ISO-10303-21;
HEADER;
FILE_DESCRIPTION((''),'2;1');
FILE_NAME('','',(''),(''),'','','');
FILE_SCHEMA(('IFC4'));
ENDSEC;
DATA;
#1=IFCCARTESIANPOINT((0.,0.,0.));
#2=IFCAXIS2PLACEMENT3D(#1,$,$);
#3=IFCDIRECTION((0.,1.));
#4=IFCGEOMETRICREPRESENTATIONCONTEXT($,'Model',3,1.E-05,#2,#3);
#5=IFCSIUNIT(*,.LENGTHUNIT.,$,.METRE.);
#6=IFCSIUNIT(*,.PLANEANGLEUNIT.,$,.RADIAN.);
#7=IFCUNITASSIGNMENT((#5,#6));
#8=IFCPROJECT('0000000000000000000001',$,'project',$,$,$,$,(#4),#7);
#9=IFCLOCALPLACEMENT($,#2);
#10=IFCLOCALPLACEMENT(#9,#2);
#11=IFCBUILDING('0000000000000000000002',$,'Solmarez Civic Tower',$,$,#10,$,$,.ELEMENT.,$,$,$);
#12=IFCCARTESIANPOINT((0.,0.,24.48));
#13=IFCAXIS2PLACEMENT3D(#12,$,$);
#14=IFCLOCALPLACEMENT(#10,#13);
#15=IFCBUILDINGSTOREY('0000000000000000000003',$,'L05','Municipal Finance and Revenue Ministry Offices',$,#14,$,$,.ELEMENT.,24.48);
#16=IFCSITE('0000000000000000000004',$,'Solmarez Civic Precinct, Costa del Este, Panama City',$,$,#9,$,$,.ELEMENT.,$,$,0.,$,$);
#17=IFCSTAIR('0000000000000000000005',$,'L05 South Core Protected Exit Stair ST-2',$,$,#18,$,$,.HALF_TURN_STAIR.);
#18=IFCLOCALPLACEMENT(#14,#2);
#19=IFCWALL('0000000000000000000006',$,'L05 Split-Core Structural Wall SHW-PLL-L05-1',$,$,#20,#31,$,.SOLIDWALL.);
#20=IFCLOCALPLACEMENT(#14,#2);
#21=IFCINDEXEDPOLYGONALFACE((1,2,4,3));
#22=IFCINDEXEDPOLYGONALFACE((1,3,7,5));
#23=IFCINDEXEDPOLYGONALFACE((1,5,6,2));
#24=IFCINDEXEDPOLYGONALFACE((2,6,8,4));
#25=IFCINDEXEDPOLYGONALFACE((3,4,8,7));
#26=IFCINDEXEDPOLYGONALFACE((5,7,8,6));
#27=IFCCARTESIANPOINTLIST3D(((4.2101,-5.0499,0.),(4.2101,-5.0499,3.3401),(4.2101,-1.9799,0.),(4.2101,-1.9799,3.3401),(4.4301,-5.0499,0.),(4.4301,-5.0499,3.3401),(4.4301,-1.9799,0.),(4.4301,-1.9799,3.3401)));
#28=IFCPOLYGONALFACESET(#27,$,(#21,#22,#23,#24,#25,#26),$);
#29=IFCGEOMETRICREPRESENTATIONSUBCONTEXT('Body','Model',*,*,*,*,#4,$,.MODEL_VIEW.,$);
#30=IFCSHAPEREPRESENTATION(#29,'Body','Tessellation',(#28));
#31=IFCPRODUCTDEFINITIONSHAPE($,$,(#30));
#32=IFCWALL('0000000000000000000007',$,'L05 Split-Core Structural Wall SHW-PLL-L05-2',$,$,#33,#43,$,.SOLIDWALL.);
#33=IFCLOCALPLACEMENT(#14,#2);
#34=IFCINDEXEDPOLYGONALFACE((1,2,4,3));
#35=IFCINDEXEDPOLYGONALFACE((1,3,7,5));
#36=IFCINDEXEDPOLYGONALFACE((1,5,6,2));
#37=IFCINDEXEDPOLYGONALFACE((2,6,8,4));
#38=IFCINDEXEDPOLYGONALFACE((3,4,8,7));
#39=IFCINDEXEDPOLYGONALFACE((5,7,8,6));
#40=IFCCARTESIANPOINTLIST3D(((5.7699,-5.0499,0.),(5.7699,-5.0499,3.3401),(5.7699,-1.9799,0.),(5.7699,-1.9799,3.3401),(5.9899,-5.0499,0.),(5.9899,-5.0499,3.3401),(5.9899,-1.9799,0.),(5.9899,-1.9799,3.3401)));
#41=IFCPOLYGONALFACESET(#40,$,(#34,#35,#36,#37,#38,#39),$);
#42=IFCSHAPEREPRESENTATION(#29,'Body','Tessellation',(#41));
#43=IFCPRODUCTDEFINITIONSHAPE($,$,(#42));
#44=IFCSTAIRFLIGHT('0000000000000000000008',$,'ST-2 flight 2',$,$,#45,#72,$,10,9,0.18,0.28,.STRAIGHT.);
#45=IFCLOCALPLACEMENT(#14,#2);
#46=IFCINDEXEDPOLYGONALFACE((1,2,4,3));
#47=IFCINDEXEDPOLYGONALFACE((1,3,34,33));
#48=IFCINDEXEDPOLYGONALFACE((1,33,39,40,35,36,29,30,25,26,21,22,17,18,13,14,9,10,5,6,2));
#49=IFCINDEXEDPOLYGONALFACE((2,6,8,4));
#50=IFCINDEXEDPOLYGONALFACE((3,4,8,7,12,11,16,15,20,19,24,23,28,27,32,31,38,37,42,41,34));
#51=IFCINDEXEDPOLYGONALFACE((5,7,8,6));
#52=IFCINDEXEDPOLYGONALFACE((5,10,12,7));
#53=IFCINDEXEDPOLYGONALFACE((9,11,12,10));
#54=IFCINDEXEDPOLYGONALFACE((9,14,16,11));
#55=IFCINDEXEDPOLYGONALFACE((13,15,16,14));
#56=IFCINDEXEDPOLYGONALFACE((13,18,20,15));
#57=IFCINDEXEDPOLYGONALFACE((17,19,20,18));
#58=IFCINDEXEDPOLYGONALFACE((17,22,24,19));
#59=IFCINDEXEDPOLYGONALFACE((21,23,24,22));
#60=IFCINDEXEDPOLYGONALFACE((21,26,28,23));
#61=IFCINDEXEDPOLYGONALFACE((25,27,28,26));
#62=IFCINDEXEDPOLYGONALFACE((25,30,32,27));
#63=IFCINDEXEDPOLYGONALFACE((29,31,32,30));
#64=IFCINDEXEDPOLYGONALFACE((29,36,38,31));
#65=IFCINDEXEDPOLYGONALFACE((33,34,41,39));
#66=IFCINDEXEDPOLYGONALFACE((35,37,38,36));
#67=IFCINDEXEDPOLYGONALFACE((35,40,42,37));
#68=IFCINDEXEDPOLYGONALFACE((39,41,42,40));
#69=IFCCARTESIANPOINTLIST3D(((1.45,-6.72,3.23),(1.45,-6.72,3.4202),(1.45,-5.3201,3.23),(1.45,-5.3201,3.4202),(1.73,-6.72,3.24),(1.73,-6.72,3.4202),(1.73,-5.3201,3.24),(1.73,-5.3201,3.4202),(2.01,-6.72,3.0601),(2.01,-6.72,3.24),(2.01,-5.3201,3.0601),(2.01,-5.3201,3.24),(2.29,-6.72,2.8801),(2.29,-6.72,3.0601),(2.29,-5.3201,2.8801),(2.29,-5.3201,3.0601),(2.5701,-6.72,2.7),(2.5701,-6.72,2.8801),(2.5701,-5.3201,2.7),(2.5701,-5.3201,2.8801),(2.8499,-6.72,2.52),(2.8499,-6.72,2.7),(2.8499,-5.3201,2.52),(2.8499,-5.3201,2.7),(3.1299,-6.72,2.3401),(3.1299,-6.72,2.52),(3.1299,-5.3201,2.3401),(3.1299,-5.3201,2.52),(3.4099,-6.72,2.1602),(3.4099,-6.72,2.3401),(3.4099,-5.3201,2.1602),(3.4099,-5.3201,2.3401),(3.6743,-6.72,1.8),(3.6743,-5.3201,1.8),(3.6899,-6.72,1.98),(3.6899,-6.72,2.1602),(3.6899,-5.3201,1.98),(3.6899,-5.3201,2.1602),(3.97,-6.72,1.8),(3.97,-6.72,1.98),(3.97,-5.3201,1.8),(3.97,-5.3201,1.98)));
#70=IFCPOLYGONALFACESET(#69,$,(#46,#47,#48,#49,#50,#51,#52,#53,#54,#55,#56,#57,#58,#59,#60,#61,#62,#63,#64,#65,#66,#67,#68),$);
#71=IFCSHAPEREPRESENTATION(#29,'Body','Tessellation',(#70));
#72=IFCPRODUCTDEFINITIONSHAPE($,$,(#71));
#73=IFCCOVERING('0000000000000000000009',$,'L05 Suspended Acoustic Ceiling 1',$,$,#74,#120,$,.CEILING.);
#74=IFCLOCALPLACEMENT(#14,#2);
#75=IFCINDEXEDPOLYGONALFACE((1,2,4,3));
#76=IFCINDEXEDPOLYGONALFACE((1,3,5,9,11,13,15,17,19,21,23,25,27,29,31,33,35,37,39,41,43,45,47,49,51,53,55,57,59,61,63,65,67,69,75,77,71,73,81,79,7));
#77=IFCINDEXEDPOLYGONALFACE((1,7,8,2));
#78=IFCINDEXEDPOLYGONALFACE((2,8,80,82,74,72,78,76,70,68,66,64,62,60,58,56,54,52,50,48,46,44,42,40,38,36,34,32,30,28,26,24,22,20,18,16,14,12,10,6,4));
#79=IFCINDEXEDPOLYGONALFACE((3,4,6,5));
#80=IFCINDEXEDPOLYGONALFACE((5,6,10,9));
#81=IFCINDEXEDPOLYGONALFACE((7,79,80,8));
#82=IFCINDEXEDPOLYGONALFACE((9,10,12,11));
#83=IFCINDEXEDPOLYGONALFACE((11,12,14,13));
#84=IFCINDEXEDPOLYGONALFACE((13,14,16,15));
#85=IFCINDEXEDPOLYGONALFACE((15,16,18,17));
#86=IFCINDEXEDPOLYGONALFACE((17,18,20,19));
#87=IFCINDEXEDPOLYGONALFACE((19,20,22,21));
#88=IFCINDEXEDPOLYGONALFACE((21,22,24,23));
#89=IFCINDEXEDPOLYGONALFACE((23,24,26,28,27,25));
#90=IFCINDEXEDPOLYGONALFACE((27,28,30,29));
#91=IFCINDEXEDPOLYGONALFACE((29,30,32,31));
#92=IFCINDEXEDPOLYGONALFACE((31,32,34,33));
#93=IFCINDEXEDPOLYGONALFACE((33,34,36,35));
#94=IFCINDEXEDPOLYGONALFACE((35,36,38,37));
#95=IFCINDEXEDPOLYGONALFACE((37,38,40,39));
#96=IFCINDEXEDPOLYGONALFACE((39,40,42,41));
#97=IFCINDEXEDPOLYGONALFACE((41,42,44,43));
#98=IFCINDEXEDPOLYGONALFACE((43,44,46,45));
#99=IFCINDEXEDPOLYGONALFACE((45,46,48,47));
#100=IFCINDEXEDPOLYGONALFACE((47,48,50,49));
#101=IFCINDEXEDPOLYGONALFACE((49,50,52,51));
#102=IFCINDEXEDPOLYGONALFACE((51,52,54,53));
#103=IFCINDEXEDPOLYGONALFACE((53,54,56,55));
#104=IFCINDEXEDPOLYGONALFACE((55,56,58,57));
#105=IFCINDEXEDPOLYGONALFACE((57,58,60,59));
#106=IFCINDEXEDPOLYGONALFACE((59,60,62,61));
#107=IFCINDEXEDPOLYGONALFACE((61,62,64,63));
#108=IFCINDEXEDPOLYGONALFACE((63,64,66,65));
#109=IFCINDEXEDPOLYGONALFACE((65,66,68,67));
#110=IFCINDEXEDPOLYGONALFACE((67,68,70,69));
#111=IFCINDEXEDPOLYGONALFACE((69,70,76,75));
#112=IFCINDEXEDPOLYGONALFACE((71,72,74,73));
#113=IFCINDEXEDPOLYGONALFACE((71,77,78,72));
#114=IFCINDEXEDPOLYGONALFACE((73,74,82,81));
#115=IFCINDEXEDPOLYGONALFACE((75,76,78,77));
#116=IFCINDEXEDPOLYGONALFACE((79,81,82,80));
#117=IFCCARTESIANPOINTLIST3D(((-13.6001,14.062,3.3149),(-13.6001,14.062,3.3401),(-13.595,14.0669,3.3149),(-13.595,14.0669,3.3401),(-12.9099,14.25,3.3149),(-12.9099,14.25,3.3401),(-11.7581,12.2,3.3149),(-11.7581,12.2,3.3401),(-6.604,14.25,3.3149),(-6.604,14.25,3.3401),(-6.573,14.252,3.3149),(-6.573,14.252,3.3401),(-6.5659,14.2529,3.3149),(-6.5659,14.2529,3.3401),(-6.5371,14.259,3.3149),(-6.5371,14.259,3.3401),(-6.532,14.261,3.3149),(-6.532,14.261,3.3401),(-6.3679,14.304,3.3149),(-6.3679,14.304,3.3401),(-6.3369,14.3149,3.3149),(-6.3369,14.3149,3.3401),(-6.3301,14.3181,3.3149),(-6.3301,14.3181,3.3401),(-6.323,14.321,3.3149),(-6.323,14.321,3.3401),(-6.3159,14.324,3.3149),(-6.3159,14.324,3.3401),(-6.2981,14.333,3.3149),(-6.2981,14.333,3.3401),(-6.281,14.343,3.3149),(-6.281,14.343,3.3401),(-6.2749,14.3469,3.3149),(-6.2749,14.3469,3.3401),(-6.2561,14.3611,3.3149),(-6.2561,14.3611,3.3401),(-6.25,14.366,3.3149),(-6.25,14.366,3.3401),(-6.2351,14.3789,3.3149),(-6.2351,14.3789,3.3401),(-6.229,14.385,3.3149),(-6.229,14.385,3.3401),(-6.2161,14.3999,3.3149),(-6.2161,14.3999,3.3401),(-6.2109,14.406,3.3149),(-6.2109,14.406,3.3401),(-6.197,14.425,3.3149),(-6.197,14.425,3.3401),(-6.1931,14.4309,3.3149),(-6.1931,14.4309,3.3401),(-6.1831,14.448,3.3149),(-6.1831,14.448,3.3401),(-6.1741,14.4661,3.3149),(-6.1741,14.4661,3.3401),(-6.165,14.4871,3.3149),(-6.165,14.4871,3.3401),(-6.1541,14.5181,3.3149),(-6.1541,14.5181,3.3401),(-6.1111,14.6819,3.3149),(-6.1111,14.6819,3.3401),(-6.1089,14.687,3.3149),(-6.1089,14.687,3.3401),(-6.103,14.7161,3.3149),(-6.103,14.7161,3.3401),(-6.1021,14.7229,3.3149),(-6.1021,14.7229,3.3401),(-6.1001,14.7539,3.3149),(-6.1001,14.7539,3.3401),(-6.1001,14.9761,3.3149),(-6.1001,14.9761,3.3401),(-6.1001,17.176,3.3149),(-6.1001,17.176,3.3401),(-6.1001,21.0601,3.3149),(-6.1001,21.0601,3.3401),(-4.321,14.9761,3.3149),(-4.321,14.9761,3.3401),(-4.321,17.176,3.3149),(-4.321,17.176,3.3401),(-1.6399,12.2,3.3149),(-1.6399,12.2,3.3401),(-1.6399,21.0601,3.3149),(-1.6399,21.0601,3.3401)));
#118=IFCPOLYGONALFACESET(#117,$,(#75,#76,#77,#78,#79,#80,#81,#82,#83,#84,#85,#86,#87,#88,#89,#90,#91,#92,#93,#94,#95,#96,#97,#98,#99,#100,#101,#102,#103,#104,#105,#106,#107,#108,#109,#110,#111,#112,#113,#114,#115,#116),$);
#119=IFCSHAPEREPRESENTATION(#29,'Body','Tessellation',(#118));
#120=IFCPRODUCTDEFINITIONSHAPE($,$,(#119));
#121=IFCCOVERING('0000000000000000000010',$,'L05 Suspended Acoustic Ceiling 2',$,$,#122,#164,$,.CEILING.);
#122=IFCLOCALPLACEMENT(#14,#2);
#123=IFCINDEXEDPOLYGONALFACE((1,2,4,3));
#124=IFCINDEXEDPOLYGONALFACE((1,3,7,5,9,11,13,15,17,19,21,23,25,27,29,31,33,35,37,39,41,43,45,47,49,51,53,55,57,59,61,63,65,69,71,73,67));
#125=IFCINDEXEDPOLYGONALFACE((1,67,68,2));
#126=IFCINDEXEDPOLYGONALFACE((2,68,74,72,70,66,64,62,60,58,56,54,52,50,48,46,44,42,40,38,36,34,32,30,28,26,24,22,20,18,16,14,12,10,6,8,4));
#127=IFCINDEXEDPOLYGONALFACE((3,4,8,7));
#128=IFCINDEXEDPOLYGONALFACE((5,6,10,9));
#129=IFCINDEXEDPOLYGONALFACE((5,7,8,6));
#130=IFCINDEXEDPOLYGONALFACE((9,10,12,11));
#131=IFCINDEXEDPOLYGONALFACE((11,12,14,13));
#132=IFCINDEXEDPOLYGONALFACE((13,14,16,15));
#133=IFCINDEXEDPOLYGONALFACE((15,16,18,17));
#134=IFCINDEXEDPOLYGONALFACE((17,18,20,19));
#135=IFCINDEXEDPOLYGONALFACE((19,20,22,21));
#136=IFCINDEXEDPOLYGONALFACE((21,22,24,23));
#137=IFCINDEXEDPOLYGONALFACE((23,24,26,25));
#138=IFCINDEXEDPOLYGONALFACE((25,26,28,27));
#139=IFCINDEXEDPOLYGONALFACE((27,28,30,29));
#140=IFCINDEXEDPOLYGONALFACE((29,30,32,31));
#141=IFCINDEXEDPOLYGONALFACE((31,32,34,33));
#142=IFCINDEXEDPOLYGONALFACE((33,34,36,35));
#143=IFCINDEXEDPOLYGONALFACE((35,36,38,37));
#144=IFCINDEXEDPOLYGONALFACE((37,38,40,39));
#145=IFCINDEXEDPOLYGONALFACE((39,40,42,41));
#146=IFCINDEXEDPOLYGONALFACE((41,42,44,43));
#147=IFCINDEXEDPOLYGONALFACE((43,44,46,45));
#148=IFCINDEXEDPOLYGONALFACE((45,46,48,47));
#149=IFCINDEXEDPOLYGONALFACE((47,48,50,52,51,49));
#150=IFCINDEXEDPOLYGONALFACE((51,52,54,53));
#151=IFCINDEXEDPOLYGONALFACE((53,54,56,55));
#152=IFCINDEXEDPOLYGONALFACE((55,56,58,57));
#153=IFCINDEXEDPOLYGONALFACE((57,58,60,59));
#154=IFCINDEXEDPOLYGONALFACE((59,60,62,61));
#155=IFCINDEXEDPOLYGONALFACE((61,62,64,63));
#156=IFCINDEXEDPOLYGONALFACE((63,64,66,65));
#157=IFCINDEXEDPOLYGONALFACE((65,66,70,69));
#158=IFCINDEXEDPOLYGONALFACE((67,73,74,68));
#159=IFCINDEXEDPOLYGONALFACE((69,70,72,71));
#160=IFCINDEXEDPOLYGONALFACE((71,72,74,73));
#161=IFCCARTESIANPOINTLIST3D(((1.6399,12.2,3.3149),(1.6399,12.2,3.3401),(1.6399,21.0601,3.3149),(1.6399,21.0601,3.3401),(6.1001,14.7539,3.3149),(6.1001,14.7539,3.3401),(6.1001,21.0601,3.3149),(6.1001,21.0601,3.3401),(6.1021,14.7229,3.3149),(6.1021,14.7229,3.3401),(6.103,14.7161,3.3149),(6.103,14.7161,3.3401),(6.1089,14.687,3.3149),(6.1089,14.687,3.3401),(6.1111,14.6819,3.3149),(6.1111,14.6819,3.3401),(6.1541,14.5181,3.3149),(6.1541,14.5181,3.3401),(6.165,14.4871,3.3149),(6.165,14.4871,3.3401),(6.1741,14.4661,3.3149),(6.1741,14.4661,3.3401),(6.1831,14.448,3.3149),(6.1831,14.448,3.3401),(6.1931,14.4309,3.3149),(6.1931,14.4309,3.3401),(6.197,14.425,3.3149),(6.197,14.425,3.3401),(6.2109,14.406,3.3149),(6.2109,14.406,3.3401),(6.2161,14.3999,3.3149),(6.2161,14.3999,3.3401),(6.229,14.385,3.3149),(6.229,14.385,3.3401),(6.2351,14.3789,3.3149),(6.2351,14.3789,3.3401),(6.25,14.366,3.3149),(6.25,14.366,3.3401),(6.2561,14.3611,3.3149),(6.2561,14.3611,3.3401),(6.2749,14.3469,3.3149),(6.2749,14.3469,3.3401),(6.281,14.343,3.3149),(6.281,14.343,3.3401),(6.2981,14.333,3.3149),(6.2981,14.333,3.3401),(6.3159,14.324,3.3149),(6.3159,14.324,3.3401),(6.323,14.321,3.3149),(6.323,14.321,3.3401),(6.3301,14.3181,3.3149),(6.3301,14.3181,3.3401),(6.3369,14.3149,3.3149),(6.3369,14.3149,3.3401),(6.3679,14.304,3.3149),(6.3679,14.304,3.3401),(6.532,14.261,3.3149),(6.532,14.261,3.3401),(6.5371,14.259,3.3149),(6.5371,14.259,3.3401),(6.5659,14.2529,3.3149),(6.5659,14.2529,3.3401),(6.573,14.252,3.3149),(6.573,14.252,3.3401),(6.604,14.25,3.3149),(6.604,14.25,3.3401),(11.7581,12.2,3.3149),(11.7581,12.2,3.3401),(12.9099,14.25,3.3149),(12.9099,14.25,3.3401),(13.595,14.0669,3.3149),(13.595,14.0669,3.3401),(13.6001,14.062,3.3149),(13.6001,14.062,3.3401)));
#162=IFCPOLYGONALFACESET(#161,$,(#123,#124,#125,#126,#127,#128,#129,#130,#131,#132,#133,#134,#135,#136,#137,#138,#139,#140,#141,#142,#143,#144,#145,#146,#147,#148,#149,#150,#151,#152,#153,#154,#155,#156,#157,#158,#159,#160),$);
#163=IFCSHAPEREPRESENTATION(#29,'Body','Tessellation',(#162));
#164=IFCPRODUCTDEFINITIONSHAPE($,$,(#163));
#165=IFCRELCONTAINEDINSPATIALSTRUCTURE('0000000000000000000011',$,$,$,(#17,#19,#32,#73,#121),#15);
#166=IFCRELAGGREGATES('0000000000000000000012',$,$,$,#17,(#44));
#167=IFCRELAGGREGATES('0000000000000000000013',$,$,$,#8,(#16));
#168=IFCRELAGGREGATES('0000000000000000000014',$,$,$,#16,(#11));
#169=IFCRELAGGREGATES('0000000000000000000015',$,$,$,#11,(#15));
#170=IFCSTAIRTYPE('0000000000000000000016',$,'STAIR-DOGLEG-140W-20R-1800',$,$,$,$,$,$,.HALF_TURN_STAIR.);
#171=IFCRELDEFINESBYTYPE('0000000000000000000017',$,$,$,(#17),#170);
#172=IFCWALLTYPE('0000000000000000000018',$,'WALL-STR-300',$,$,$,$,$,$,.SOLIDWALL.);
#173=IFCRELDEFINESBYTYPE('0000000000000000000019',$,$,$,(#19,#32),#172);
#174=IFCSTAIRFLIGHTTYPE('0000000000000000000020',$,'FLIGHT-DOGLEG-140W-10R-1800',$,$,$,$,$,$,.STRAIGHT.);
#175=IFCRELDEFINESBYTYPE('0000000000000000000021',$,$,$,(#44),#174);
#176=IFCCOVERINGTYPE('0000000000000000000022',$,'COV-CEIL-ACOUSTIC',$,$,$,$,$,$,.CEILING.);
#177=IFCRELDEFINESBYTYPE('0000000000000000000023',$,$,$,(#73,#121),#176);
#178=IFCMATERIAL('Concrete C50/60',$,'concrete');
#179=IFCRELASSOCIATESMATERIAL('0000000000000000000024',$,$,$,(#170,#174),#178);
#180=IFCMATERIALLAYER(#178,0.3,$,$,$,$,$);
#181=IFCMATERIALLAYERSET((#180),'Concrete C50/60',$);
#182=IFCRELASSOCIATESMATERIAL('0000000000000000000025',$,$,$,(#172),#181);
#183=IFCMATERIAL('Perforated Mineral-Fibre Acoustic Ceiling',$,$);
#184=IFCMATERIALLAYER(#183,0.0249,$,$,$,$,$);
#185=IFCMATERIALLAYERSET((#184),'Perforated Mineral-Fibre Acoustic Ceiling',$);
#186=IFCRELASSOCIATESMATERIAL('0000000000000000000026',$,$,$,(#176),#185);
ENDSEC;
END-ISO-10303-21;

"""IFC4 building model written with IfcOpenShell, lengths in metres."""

from ifc_helpers import new_model, si_unit, direction, frame, frame_2d, origin, place, context, subcontext, project, spatial, polyline, rectangle, outline, extrude, material, layer, layer_set, type_object, element, aggregate, save


model = new_model("IFC4")

# Units and contexts
model_context = context("Model", 3, precision=1e-05, world=origin(), true_north=direction((0.0, 1.0)))
body_context = subcontext(model_context, "Body", "Model", "MODEL_VIEW")
ifc_project = project(units=[si_unit("LENGTHUNIT", "METRE"), si_unit("PLANEANGLEUNIT", "RADIAN")], contexts=[model_context])

# Site, building, storey
site_placement = place(None, origin())
site = spatial("IfcSite", under=ifc_project, at=site_placement, Name="Solmarez Civic Precinct, Costa del Este, Panama City", CompositionType="ELEMENT", RefElevation=0.0)
building_placement = place(site_placement, origin())
building = spatial("IfcBuilding", under=site, at=building_placement, Name="Solmarez Civic Tower", CompositionType="ELEMENT")
storey_placement = place(building_placement, frame((0.0, 0.0, 24.48)))
storey = spatial("IfcBuildingStorey", under=building, at=storey_placement, Name="L05", Description="Municipal Finance and Revenue Ministry Offices", CompositionType="ELEMENT", Elevation=24.48)

# Stair
ifc_material_1 = material(Name="Concrete C50/60", Category="concrete")
stair_type = type_object("IfcStairType", Name="STAIR-DOGLEG-140W-20R-1800", PredefinedType="HALF_TURN_STAIR", material=ifc_material_1)
stair_1_placement = place(storey_placement, origin())
stair_1 = element("IfcStair", 1, at=stair_1_placement, inside=storey, type_object=stair_type, Name="L05 South Core Protected Exit Stair ST-2", PredefinedType="HALF_TURN_STAIR")

# Walls
ifc_layer_1 = layer(ifc_material_1, 0.3)
ifc_layer_set_1 = layer_set([ifc_layer_1], Name="Concrete C50/60")
wall_type = type_object("IfcWallType", Name="WALL-STR-300", PredefinedType="SOLIDWALL", material=ifc_layer_set_1)
for number, where, z_axis, x_axis, name in (
    (2, (4.3201, -5.05, 0.0), (0.0, 0.0, 1.0), (0.0, 1.0, 0.0), "L05 Split-Core Structural Wall SHW-PLL-L05-1"),
    (3, (5.8799, -5.05, 0.0), (0.0, 0.0, 1.0), (0.0, 1.0, 0.0), "L05 Split-Core Structural Wall SHW-PLL-L05-2"),
):
    element("IfcWall", number, at=place(storey_placement, frame(where, z_axis=z_axis, x_axis=x_axis)), inside=storey, type_object=wall_type, Name=name, PredefinedType="SOLIDWALL", context=body_context, shape_type="SweptSolid", body=[
        extrude(rectangle(XDim=3.0701, YDim=0.22, at=frame_2d((1.5352, 0.0))), origin(), (0.0, 0.0, 1.0), 3.3401),
    ])

# Stair flight
stair_flight_type = type_object("IfcStairFlightType", Name="FLIGHT-DOGLEG-140W-10R-1800", PredefinedType="STRAIGHT", material=ifc_material_1)
stair_flight_placement = place(storey_placement, frame((3.97, -6.02, 1.8), z_axis=(0.0, 0.0, 1.0), x_axis=(-1.0, 0.0, 0.0)))
stair_flight = element("IfcStairFlight", 4, at=stair_flight_placement, type_object=stair_flight_type, Name="ST-2 flight 2", NumberOfRisers=10, NumberOfTreads=9, PredefinedType="STRAIGHT", RiserHeight=0.18, TreadLength=0.28, context=body_context, shape_type="SweptSolid", body=[
    extrude(outline(polyline([(0.0, 0.0), (0.0, 0.1799), (0.28, 0.1799), (0.28, 0.3601), (0.5601, 0.3601), (0.5601, 0.54), (0.8401, 0.54), (0.8401, 0.72), (1.1201, 0.72), (1.1201, 0.8999), (1.3999, 0.8999), (1.3999, 1.0801), (1.6799, 1.0801), (1.6799, 1.26), (1.96, 1.26), (1.96, 1.4399), (2.24, 1.4399), (2.24, 1.6201), (2.52, 1.6201), (2.52, 1.8), (2.52, 1.4299), (0.2957, 0.0), (0.0, 0.0)])), frame((0.0, 0.7, 0.0), z_axis=(0.0, -1.0, 0.0), x_axis=(1.0, 0.0, 0.0)), (0.0, 0.0, 1.0), 1.3999),
])
aggregate(stair_1, [stair_flight])

# Coverings
ifc_material_2 = material(Name="Perforated Mineral-Fibre Acoustic Ceiling")
ifc_layer_2 = layer(ifc_material_2, 0.0249)
ifc_layer_set_2 = layer_set([ifc_layer_2], Name="Perforated Mineral-Fibre Acoustic Ceiling")
covering_type_1 = type_object("IfcCoveringType", Name="COV-CEIL-ACOUSTIC", PredefinedType="CEILING", material=ifc_layer_set_2)
covering_1_placement = place(storey_placement, frame((0.0, 0.0, 3.3149)))
element("IfcCovering", 5, at=covering_1_placement, inside=storey, type_object=covering_type_1, Name="L05 Suspended Acoustic Ceiling 1", PredefinedType="CEILING", context=body_context, shape_type="SweptSolid", body=[
    extrude(outline(polyline([(-6.1001, 21.0601), (-6.1001, 17.176), (-4.321, 17.176), (-4.321, 14.9761), (-6.1001, 14.9761), (-6.1001, 14.7539), (-6.1021, 14.7229), (-6.103, 14.7161), (-6.1089, 14.687), (-6.1111, 14.6819), (-6.1541, 14.5181), (-6.165, 14.4871), (-6.1741, 14.4661), (-6.1831, 14.448), (-6.1931, 14.4309), (-6.197, 14.425), (-6.2109, 14.406), (-6.2161, 14.3999), (-6.229, 14.385), (-6.2351, 14.3789), (-6.25, 14.366), (-6.2561, 14.3611), (-6.2749, 14.3469), (-6.281, 14.343), (-6.2981, 14.333), (-6.3159, 14.324), (-6.323, 14.321), (-6.3301, 14.3181), (-6.3369, 14.3149), (-6.3679, 14.304), (-6.532, 14.261), (-6.5371, 14.259), (-6.5659, 14.2529), (-6.573, 14.252), (-6.604, 14.25), (-12.9099, 14.25), (-13.595, 14.0669), (-13.6001, 14.062), (-11.7581, 12.2), (-1.6399, 12.2), (-1.6399, 21.0601), (-6.1001, 21.0601)])), origin(), (0.0, 0.0, 1.0), 0.0251),
])
covering_2_placement = place(storey_placement, frame((0.0, 0.0, 3.3149)))
element("IfcCovering", 6, at=covering_2_placement, inside=storey, type_object=covering_type_1, Name="L05 Suspended Acoustic Ceiling 2", PredefinedType="CEILING", context=body_context, shape_type="SweptSolid", body=[
    extrude(outline(polyline([(1.6399, 12.2), (11.7581, 12.2), (13.6001, 14.062), (13.595, 14.0669), (12.9099, 14.25), (6.604, 14.25), (6.573, 14.252), (6.5659, 14.2529), (6.5371, 14.259), (6.532, 14.261), (6.3679, 14.304), (6.3369, 14.3149), (6.3301, 14.3181), (6.323, 14.321), (6.3159, 14.324), (6.2981, 14.333), (6.281, 14.343), (6.2749, 14.3469), (6.2561, 14.3611), (6.25, 14.366), (6.2351, 14.3789), (6.229, 14.385), (6.2161, 14.3999), (6.2109, 14.406), (6.197, 14.425), (6.1931, 14.4309), (6.1831, 14.448), (6.1741, 14.4661), (6.165, 14.4871), (6.1541, 14.5181), (6.1111, 14.6819), (6.1089, 14.687), (6.103, 14.7161), (6.1021, 14.7229), (6.1001, 14.7539), (6.1001, 21.0601), (1.6399, 21.0601), (1.6399, 12.2)])), origin(), (0.0, 0.0, 1.0), 0.0251),
])

save(model, "model.ifc")
